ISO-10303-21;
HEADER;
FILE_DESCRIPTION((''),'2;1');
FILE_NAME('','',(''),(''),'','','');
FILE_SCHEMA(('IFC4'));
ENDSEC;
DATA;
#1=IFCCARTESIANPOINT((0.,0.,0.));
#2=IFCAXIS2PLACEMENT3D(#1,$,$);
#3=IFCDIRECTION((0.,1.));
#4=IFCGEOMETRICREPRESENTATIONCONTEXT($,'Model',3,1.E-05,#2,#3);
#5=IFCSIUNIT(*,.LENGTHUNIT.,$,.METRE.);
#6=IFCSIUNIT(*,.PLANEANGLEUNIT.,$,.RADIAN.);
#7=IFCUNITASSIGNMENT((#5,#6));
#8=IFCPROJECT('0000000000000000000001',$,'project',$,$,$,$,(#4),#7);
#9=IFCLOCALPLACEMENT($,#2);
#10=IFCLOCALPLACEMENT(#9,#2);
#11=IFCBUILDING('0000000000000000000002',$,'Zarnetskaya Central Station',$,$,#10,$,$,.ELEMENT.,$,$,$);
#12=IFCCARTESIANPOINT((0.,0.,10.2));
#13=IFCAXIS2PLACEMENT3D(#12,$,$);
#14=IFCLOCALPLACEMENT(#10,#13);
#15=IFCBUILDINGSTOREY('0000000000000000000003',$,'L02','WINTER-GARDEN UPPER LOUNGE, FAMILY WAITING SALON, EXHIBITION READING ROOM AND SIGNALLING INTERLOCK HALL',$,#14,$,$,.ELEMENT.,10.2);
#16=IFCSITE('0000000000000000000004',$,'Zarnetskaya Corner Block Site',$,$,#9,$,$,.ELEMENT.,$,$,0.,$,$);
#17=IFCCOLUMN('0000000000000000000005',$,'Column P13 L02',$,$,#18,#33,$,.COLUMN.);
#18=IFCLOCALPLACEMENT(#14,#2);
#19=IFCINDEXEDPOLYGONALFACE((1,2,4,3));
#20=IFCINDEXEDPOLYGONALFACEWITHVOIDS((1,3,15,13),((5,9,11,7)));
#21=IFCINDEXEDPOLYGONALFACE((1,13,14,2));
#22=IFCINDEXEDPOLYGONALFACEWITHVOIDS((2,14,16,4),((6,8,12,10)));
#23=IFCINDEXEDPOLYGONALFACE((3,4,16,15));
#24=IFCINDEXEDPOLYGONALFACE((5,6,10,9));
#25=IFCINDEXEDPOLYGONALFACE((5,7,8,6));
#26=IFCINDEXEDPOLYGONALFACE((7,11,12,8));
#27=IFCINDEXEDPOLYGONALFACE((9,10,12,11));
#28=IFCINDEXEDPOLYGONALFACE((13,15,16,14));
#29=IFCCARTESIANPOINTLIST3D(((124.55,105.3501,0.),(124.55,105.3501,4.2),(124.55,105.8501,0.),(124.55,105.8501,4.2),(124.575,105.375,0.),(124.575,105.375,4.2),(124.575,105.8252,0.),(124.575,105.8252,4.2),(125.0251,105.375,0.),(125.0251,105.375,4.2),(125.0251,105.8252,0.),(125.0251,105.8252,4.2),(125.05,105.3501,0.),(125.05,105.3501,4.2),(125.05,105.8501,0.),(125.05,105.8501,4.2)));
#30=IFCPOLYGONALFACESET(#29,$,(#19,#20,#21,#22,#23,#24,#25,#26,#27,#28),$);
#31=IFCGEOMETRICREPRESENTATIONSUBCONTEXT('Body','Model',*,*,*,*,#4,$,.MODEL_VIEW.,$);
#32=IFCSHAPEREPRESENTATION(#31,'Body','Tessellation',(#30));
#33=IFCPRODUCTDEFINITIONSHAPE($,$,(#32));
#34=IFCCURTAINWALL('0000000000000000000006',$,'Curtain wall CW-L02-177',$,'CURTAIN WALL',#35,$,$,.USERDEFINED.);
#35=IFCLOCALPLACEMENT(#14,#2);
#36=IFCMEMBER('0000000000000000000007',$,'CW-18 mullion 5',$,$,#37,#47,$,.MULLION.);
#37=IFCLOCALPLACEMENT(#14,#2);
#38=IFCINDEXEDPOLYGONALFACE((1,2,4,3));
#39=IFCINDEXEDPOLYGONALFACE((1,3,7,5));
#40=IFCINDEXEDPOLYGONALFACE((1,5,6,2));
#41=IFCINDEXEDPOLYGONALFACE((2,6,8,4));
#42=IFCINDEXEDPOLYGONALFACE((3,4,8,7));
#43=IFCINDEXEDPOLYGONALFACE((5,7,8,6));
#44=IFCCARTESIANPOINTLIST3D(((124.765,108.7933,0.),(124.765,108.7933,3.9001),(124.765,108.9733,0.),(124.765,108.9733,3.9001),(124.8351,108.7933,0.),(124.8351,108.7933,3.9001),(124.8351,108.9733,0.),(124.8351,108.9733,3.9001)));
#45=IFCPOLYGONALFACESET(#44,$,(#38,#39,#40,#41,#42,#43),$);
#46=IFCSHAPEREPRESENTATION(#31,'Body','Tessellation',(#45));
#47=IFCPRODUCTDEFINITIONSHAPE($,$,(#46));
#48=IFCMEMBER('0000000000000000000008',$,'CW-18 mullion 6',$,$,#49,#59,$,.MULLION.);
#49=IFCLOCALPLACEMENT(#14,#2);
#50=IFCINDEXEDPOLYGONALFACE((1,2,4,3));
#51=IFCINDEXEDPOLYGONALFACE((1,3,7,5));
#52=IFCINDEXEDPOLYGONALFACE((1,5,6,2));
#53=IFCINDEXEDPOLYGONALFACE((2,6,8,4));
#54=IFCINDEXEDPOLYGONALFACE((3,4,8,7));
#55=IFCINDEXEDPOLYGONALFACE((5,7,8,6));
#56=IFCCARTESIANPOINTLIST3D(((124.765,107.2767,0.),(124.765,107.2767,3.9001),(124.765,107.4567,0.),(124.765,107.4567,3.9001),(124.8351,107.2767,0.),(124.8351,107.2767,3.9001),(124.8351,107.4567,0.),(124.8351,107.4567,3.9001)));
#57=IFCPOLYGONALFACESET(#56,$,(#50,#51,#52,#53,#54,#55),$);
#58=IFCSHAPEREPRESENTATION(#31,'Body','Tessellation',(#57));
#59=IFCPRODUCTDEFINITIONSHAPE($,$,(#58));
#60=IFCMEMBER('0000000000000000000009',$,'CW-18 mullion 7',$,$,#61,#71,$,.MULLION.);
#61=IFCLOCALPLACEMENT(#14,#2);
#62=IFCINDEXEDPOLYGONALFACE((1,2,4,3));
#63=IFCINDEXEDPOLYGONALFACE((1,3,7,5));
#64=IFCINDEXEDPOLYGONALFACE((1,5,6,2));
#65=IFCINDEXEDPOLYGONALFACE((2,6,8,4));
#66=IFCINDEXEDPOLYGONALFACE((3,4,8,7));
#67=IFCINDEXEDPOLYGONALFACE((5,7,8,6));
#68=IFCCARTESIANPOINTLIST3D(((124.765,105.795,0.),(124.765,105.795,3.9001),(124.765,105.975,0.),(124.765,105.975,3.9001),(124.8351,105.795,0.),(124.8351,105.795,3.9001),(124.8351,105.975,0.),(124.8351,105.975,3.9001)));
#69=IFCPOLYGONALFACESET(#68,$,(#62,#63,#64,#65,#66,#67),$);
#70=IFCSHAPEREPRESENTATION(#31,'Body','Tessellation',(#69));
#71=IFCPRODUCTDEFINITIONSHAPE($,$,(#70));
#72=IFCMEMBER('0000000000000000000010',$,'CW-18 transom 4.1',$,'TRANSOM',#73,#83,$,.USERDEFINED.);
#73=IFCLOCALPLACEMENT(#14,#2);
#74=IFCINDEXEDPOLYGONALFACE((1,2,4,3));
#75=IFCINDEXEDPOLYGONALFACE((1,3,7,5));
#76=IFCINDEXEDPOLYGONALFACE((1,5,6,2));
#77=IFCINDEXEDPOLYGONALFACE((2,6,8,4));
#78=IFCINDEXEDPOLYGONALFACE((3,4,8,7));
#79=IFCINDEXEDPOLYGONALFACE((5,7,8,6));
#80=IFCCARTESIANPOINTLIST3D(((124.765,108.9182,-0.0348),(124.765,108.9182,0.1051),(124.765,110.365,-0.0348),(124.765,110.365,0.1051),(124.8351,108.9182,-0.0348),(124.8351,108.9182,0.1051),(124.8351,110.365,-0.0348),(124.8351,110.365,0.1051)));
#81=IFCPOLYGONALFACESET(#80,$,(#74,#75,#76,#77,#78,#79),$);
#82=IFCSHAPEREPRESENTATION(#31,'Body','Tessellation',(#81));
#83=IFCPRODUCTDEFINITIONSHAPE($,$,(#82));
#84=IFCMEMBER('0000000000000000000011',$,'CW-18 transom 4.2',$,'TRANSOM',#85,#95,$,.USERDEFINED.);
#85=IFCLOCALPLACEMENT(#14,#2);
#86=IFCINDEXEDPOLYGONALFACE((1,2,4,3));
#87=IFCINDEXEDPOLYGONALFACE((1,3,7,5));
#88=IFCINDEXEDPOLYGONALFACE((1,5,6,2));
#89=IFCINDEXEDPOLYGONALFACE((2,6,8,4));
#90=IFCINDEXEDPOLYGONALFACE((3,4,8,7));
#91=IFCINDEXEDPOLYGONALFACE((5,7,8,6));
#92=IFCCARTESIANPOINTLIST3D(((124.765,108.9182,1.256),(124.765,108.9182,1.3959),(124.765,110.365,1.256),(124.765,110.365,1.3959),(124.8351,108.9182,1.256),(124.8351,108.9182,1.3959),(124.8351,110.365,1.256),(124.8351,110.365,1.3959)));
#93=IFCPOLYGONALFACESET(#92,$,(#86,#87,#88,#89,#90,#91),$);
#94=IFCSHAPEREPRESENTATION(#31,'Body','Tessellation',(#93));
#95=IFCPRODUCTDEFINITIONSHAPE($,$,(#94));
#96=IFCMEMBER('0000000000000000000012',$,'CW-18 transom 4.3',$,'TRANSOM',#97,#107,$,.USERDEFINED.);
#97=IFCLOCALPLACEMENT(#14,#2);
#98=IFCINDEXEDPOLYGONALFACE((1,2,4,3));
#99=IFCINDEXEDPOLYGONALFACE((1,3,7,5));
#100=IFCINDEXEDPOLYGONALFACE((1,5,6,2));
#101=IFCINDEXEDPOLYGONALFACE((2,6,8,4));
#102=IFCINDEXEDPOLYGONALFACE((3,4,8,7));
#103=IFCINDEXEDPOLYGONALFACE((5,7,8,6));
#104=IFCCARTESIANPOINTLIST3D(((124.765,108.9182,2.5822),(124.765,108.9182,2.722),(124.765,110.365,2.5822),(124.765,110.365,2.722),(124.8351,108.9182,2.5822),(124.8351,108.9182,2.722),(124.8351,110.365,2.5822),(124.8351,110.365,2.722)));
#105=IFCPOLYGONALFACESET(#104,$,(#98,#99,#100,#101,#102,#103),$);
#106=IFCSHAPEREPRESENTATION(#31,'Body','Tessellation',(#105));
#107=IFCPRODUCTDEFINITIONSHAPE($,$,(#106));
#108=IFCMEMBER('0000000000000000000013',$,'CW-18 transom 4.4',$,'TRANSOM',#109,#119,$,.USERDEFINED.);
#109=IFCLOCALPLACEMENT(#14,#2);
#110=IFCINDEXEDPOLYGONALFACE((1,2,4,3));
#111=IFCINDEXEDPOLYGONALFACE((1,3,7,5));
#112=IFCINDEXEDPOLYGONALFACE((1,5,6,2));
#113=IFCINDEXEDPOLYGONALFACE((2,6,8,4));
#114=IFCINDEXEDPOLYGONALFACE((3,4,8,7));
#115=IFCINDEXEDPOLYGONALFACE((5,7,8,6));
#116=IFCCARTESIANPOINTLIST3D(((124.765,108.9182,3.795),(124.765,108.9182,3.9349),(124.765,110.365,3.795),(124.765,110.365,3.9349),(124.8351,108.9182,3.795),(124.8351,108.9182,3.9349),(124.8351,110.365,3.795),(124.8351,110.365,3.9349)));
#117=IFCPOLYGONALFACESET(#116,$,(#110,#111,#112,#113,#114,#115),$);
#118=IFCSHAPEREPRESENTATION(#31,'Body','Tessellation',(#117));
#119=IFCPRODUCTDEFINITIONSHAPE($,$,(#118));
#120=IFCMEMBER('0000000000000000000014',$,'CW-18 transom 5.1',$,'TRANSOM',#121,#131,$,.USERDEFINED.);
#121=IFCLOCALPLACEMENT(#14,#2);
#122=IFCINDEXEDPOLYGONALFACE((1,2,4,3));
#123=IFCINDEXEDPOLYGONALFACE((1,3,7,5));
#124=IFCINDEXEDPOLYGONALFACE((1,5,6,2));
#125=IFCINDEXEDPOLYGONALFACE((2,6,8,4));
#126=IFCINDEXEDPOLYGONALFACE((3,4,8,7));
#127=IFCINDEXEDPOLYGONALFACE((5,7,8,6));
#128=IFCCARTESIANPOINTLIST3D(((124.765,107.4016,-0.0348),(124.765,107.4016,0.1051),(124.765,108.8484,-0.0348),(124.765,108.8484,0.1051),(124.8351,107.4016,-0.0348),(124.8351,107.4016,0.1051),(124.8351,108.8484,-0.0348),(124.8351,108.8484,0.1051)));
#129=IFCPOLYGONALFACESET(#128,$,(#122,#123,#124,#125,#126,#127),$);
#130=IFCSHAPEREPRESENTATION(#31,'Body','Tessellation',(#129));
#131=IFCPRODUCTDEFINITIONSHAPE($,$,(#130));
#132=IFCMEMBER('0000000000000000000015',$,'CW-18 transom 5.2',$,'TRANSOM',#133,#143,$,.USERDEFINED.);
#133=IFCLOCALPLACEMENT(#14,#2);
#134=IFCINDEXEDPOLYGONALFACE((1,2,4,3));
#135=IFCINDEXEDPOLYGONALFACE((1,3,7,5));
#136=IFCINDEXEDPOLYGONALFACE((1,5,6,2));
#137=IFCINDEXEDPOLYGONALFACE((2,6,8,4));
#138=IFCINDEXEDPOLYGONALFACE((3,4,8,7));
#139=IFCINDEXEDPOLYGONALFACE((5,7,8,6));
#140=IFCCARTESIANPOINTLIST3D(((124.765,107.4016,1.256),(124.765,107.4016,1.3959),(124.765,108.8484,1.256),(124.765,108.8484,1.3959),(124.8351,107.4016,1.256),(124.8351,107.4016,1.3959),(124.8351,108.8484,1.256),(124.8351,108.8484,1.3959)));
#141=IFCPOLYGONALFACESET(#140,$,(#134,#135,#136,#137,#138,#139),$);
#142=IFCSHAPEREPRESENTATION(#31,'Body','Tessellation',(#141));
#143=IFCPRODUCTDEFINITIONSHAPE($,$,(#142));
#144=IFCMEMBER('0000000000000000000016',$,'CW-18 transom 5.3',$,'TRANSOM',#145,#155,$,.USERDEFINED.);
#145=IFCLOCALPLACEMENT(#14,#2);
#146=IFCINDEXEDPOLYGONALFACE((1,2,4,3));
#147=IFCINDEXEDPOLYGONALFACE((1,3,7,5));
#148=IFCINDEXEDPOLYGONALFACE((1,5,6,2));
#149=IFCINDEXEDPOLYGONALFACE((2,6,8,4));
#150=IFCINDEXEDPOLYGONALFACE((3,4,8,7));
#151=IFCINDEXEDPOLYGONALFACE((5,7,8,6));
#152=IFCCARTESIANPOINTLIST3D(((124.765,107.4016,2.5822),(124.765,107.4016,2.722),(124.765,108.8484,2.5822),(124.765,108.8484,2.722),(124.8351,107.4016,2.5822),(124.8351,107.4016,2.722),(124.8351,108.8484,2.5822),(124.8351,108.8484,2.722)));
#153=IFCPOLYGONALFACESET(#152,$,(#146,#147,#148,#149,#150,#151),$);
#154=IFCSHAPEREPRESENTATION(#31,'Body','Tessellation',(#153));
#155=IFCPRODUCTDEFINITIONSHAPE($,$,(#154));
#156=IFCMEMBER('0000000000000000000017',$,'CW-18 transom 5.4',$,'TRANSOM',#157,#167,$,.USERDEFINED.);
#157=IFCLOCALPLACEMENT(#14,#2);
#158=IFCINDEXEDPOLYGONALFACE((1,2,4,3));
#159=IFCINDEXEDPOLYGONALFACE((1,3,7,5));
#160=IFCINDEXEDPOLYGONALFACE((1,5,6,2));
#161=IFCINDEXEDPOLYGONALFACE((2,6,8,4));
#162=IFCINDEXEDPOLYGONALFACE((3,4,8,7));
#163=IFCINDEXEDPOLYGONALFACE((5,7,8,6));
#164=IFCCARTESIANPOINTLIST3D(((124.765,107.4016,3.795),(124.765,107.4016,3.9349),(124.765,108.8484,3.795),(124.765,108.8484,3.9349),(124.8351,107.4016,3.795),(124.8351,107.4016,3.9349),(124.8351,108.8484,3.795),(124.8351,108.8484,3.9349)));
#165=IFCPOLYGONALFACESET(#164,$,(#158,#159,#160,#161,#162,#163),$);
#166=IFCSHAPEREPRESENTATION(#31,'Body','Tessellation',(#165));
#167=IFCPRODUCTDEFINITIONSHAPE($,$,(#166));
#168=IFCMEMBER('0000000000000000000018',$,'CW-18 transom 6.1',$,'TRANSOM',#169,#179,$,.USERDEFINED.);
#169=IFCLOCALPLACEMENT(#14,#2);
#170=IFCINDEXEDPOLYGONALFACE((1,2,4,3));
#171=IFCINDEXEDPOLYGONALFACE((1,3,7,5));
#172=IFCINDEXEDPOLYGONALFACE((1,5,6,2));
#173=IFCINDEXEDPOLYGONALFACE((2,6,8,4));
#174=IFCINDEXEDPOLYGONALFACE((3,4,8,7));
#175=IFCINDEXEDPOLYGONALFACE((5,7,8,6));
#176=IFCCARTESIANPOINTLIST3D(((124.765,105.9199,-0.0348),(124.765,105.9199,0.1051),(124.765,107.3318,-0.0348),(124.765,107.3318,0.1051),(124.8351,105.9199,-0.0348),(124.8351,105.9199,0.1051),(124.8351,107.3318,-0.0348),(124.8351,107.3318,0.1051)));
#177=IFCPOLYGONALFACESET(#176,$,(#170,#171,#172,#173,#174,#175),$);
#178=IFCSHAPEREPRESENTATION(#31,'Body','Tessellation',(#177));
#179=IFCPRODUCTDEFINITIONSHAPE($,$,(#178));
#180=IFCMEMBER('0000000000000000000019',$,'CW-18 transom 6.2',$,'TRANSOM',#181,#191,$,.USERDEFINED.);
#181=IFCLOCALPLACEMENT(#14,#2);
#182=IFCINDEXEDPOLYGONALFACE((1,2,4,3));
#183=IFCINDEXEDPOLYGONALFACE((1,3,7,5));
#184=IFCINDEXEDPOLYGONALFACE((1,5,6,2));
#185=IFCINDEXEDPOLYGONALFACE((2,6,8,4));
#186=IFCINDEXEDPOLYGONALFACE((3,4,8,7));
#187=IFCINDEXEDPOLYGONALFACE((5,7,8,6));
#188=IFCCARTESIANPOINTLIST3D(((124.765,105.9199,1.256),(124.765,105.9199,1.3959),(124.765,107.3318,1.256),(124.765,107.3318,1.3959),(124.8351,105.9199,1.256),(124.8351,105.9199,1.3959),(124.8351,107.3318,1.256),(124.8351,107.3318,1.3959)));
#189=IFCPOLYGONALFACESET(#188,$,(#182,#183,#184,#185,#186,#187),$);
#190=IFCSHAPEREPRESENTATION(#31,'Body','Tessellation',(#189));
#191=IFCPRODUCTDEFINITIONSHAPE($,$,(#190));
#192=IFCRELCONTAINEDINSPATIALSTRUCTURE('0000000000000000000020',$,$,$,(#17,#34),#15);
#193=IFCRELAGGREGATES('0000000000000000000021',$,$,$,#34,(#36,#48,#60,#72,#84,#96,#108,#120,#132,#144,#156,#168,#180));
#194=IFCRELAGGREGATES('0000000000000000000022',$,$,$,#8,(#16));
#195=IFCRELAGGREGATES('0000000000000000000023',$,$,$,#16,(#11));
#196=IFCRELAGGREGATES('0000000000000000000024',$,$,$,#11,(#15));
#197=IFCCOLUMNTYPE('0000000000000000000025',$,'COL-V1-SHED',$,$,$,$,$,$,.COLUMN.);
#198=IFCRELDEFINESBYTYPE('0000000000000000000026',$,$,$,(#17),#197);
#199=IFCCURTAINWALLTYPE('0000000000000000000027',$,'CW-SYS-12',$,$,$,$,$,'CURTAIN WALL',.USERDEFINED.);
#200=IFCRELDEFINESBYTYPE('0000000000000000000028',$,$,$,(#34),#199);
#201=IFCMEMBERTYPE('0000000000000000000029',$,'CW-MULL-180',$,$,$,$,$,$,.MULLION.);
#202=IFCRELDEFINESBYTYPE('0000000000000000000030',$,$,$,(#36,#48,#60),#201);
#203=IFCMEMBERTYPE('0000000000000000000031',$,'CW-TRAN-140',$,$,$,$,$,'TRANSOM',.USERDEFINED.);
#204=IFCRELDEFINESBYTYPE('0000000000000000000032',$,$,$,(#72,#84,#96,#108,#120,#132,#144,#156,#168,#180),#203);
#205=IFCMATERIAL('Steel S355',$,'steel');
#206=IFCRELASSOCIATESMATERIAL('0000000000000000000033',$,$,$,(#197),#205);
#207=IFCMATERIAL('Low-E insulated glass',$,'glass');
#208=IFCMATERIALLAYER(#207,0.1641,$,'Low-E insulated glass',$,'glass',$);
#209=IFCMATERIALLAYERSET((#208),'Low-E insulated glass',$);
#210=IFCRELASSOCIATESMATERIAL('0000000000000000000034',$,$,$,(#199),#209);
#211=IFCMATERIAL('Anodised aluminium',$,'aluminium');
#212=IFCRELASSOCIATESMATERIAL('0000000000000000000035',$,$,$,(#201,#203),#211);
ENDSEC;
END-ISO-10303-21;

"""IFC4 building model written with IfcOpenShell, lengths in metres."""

from ifc_helpers import new_model, si_unit, direction, frame, origin, origin_2d, place, context, subcontext, project, spatial, rectangle, hollow_rectangle, extrude, material, layer, layer_set, material_profile, profile_set, type_object, element, aggregate, save


model = new_model("IFC4")

# Units and contexts
model_context = context("Model", 3, precision=1e-05, world=origin(), true_north=direction((0.0, 1.0)))
body_context = subcontext(model_context, "Body", "Model", "MODEL_VIEW")
ifc_project = project(units=[si_unit("LENGTHUNIT", "METRE"), si_unit("PLANEANGLEUNIT", "RADIAN")], contexts=[model_context])

# Site, building, storey
site_placement = place(None, origin())
site = spatial("IfcSite", under=ifc_project, at=site_placement, Name="Zarnetskaya Corner Block Site", CompositionType="ELEMENT", RefElevation=0.0)
building_placement = place(site_placement, origin())
building = spatial("IfcBuilding", under=site, at=building_placement, Name="Zarnetskaya Central Station", CompositionType="ELEMENT")
storey_placement = place(building_placement, frame((0.0, 0.0, 10.2)))
storey = spatial("IfcBuildingStorey", under=building, at=storey_placement, Name="L02", Description="WINTER-GARDEN UPPER LOUNGE, FAMILY WAITING SALON, EXHIBITION READING ROOM AND SIGNALLING INTERLOCK HALL", CompositionType="ELEMENT", Elevation=10.2)

# Column
ifc_material_1 = material(Name="Steel S355", Category="steel")
ifc_material_profile_1 = material_profile(ifc_material_1, hollow_rectangle(XDim=0.5, YDim=0.5, WallThickness=0.0249, at=origin_2d()), Name="BOX 500x500x25")
ifc_profile_set_1 = profile_set([ifc_material_profile_1], Name="Steel S355")
column_type = type_object("IfcColumnType", Name="COL-V1-SHED", PredefinedType="COLUMN", material=ifc_profile_set_1)
column_placement = place(storey_placement, frame((124.8, 105.6001, 0.0), z_axis=(0.0, 0.0, 1.0), x_axis=(1.0, 0.0, 0.0)))
element("IfcColumn", 1, at=column_placement, inside=storey, type_object=column_type, Name="Column P13 L02", PredefinedType="COLUMN", context=body_context, shape_type="SweptSolid", body=[
    extrude(hollow_rectangle(XDim=0.5, YDim=0.5, WallThickness=0.0249, at=origin_2d()), origin(), (0.0, 0.0, 1.0), 4.2),
])

# Curtain wall, members
ifc_material_2 = material(Name="Low-E insulated glass", Category="glass")
ifc_layer_1 = layer(ifc_material_2, 0.1641, Name="Low-E insulated glass", Category="glass")
ifc_layer_set_1 = layer_set([ifc_layer_1], Name="Low-E insulated glass")
curtain_wall_type = type_object("IfcCurtainWallType", Name="CW-SYS-12", ElementType="CURTAIN WALL", PredefinedType="USERDEFINED", material=ifc_layer_set_1)
curtain_wall_placement = place(storey_placement, origin())
curtain_wall = element("IfcCurtainWall", 2, at=curtain_wall_placement, inside=storey, type_object=curtain_wall_type, Name="Curtain wall CW-L02-177", ObjectType="CURTAIN WALL", PredefinedType="USERDEFINED")
ifc_material_3 = material(Name="Anodised aluminium", Category="aluminium")
ifc_material_profile_2 = material_profile(ifc_material_3, rectangle(XDim=0.0701, YDim=0.1799, at=origin_2d()), Name="ALU MULL 70x180")
ifc_profile_set_2 = profile_set([ifc_material_profile_2], Name="Anodised aluminium")
member_type_1 = type_object("IfcMemberType", Name="CW-MULL-180", PredefinedType="MULLION", material=ifc_profile_set_2)
member_1_placement = place(storey_placement, frame((124.8, 108.8833, 0.0), z_axis=(0.0, 0.0, 1.0), x_axis=(1.0, 0.0, 0.0)))
member_1 = element("IfcMember", 3, at=member_1_placement, type_object=member_type_1, Name="CW-18 mullion 5", PredefinedType="MULLION", context=body_context, shape_type="SweptSolid", body=[
    extrude(rectangle(XDim=0.0701, YDim=0.1799, at=origin_2d()), origin(), (0.0, 0.0, 1.0), 3.9001),
])
member_2_placement = place(storey_placement, frame((124.8, 107.3667, 0.0), z_axis=(0.0, 0.0, 1.0), x_axis=(1.0, 0.0, 0.0)))
member_2 = element("IfcMember", 4, at=member_2_placement, type_object=member_type_1, Name="CW-18 mullion 6", PredefinedType="MULLION", context=body_context, shape_type="SweptSolid", body=[
    extrude(rectangle(XDim=0.0701, YDim=0.1799, at=origin_2d()), origin(), (0.0, 0.0, 1.0), 3.9001),
])
member_3_placement = place(storey_placement, frame((124.8, 105.885, 0.0), z_axis=(0.0, 0.0, 1.0), x_axis=(1.0, 0.0, 0.0)))
member_3 = element("IfcMember", 5, at=member_3_placement, type_object=member_type_1, Name="CW-18 mullion 7", PredefinedType="MULLION", context=body_context, shape_type="SweptSolid", body=[
    extrude(rectangle(XDim=0.0701, YDim=0.1799, at=origin_2d()), origin(), (0.0, 0.0, 1.0), 3.9001),
])
ifc_material_profile_3 = material_profile(ifc_material_3, rectangle(XDim=0.0701, YDim=0.1399, at=origin_2d()), Name="ALU TRAN 70x140")
ifc_profile_set_3 = profile_set([ifc_material_profile_3], Name="Anodised aluminium")
member_type_2 = type_object("IfcMemberType", Name="CW-TRAN-140", ElementType="TRANSOM", PredefinedType="USERDEFINED", material=ifc_profile_set_3)
member_4_placement = place(storey_placement, frame((124.8, 110.365, 0.0352), z_axis=(0.0, -1.0, 0.0), x_axis=(1.0, 0.0, 0.0)))
member_4 = element("IfcMember", 6, at=member_4_placement, type_object=member_type_2, Name="CW-18 transom 4.1", ObjectType="TRANSOM", PredefinedType="USERDEFINED", context=body_context, shape_type="SweptSolid", body=[
    extrude(rectangle(XDim=0.0701, YDim=0.1399, at=origin_2d()), origin(), (0.0, 0.0, 1.0), 1.4468),
])
member_5_placement = place(storey_placement, frame((124.8, 110.365, 1.3259), z_axis=(0.0, -1.0, 0.0), x_axis=(1.0, 0.0, 0.0)))
member_5 = element("IfcMember", 7, at=member_5_placement, type_object=member_type_2, Name="CW-18 transom 4.2", ObjectType="TRANSOM", PredefinedType="USERDEFINED", context=body_context, shape_type="SweptSolid", body=[
    extrude(rectangle(XDim=0.0701, YDim=0.1399, at=origin_2d()), origin(), (0.0, 0.0, 1.0), 1.4468),
])
member_6_placement = place(storey_placement, frame((124.8, 110.365, 2.6521), z_axis=(0.0, -1.0, 0.0), x_axis=(1.0, 0.0, 0.0)))
member_6 = element("IfcMember", 8, at=member_6_placement, type_object=member_type_2, Name="CW-18 transom 4.3", ObjectType="TRANSOM", PredefinedType="USERDEFINED", context=body_context, shape_type="SweptSolid", body=[
    extrude(rectangle(XDim=0.0701, YDim=0.1399, at=origin_2d()), origin(), (0.0, 0.0, 1.0), 1.4468),
])
member_7_placement = place(storey_placement, frame((124.8, 110.365, 3.865), z_axis=(0.0, -1.0, 0.0), x_axis=(1.0, 0.0, 0.0)))
member_7 = element("IfcMember", 9, at=member_7_placement, type_object=member_type_2, Name="CW-18 transom 4.4", ObjectType="TRANSOM", PredefinedType="USERDEFINED", context=body_context, shape_type="SweptSolid", body=[
    extrude(rectangle(XDim=0.0701, YDim=0.1399, at=origin_2d()), origin(), (0.0, 0.0, 1.0), 1.4468),
])
member_8_placement = place(storey_placement, frame((124.8, 108.8484, 0.0352), z_axis=(0.0, -1.0, 0.0), x_axis=(1.0, 0.0, 0.0)))
member_8 = element("IfcMember", 10, at=member_8_placement, type_object=member_type_2, Name="CW-18 transom 5.1", ObjectType="TRANSOM", PredefinedType="USERDEFINED", context=body_context, shape_type="SweptSolid", body=[
    extrude(rectangle(XDim=0.0701, YDim=0.1399, at=origin_2d()), origin(), (0.0, 0.0, 1.0), 1.4468),
])
member_9_placement = place(storey_placement, frame((124.8, 108.8484, 1.3259), z_axis=(0.0, -1.0, 0.0), x_axis=(1.0, 0.0, 0.0)))
member_9 = element("IfcMember", 11, at=member_9_placement, type_object=member_type_2, Name="CW-18 transom 5.2", ObjectType="TRANSOM", PredefinedType="USERDEFINED", context=body_context, shape_type="SweptSolid", body=[
    extrude(rectangle(XDim=0.0701, YDim=0.1399, at=origin_2d()), origin(), (0.0, 0.0, 1.0), 1.4468),
])
member_10_placement = place(storey_placement, frame((124.8, 108.8484, 2.6521), z_axis=(0.0, -1.0, 0.0), x_axis=(1.0, 0.0, 0.0)))
member_10 = element("IfcMember", 12, at=member_10_placement, type_object=member_type_2, Name="CW-18 transom 5.3", ObjectType="TRANSOM", PredefinedType="USERDEFINED", context=body_context, shape_type="SweptSolid", body=[
    extrude(rectangle(XDim=0.0701, YDim=0.1399, at=origin_2d()), origin(), (0.0, 0.0, 1.0), 1.4468),
])
member_11_placement = place(storey_placement, frame((124.8, 108.8484, 3.865), z_axis=(0.0, -1.0, 0.0), x_axis=(1.0, 0.0, 0.0)))
member_11 = element("IfcMember", 13, at=member_11_placement, type_object=member_type_2, Name="CW-18 transom 5.4", ObjectType="TRANSOM", PredefinedType="USERDEFINED", context=body_context, shape_type="SweptSolid", body=[
    extrude(rectangle(XDim=0.0701, YDim=0.1399, at=origin_2d()), origin(), (0.0, 0.0, 1.0), 1.4468),
])
member_12_placement = place(storey_placement, frame((124.8, 107.3318, 0.0352), z_axis=(0.0, -1.0, 0.0), x_axis=(1.0, 0.0, 0.0)))
member_12 = element("IfcMember", 14, at=member_12_placement, type_object=member_type_2, Name="CW-18 transom 6.1", ObjectType="TRANSOM", PredefinedType="USERDEFINED", context=body_context, shape_type="SweptSolid", body=[
    extrude(rectangle(XDim=0.0701, YDim=0.1399, at=origin_2d()), origin(), (0.0, 0.0, 1.0), 1.4119),
])
member_13_placement = place(storey_placement, frame((124.8, 107.3318, 1.3259), z_axis=(0.0, -1.0, 0.0), x_axis=(1.0, 0.0, 0.0)))
member_13 = element("IfcMember", 15, at=member_13_placement, type_object=member_type_2, Name="CW-18 transom 6.2", ObjectType="TRANSOM", PredefinedType="USERDEFINED", context=body_context, shape_type="SweptSolid", body=[
    extrude(rectangle(XDim=0.0701, YDim=0.1399, at=origin_2d()), origin(), (0.0, 0.0, 1.0), 1.4119),
])
aggregate(curtain_wall, [member_1, member_2, member_3, member_4, member_5, member_6, member_7, member_8, member_9, member_10, member_11, member_12, member_13])

save(model, "model.ifc")
